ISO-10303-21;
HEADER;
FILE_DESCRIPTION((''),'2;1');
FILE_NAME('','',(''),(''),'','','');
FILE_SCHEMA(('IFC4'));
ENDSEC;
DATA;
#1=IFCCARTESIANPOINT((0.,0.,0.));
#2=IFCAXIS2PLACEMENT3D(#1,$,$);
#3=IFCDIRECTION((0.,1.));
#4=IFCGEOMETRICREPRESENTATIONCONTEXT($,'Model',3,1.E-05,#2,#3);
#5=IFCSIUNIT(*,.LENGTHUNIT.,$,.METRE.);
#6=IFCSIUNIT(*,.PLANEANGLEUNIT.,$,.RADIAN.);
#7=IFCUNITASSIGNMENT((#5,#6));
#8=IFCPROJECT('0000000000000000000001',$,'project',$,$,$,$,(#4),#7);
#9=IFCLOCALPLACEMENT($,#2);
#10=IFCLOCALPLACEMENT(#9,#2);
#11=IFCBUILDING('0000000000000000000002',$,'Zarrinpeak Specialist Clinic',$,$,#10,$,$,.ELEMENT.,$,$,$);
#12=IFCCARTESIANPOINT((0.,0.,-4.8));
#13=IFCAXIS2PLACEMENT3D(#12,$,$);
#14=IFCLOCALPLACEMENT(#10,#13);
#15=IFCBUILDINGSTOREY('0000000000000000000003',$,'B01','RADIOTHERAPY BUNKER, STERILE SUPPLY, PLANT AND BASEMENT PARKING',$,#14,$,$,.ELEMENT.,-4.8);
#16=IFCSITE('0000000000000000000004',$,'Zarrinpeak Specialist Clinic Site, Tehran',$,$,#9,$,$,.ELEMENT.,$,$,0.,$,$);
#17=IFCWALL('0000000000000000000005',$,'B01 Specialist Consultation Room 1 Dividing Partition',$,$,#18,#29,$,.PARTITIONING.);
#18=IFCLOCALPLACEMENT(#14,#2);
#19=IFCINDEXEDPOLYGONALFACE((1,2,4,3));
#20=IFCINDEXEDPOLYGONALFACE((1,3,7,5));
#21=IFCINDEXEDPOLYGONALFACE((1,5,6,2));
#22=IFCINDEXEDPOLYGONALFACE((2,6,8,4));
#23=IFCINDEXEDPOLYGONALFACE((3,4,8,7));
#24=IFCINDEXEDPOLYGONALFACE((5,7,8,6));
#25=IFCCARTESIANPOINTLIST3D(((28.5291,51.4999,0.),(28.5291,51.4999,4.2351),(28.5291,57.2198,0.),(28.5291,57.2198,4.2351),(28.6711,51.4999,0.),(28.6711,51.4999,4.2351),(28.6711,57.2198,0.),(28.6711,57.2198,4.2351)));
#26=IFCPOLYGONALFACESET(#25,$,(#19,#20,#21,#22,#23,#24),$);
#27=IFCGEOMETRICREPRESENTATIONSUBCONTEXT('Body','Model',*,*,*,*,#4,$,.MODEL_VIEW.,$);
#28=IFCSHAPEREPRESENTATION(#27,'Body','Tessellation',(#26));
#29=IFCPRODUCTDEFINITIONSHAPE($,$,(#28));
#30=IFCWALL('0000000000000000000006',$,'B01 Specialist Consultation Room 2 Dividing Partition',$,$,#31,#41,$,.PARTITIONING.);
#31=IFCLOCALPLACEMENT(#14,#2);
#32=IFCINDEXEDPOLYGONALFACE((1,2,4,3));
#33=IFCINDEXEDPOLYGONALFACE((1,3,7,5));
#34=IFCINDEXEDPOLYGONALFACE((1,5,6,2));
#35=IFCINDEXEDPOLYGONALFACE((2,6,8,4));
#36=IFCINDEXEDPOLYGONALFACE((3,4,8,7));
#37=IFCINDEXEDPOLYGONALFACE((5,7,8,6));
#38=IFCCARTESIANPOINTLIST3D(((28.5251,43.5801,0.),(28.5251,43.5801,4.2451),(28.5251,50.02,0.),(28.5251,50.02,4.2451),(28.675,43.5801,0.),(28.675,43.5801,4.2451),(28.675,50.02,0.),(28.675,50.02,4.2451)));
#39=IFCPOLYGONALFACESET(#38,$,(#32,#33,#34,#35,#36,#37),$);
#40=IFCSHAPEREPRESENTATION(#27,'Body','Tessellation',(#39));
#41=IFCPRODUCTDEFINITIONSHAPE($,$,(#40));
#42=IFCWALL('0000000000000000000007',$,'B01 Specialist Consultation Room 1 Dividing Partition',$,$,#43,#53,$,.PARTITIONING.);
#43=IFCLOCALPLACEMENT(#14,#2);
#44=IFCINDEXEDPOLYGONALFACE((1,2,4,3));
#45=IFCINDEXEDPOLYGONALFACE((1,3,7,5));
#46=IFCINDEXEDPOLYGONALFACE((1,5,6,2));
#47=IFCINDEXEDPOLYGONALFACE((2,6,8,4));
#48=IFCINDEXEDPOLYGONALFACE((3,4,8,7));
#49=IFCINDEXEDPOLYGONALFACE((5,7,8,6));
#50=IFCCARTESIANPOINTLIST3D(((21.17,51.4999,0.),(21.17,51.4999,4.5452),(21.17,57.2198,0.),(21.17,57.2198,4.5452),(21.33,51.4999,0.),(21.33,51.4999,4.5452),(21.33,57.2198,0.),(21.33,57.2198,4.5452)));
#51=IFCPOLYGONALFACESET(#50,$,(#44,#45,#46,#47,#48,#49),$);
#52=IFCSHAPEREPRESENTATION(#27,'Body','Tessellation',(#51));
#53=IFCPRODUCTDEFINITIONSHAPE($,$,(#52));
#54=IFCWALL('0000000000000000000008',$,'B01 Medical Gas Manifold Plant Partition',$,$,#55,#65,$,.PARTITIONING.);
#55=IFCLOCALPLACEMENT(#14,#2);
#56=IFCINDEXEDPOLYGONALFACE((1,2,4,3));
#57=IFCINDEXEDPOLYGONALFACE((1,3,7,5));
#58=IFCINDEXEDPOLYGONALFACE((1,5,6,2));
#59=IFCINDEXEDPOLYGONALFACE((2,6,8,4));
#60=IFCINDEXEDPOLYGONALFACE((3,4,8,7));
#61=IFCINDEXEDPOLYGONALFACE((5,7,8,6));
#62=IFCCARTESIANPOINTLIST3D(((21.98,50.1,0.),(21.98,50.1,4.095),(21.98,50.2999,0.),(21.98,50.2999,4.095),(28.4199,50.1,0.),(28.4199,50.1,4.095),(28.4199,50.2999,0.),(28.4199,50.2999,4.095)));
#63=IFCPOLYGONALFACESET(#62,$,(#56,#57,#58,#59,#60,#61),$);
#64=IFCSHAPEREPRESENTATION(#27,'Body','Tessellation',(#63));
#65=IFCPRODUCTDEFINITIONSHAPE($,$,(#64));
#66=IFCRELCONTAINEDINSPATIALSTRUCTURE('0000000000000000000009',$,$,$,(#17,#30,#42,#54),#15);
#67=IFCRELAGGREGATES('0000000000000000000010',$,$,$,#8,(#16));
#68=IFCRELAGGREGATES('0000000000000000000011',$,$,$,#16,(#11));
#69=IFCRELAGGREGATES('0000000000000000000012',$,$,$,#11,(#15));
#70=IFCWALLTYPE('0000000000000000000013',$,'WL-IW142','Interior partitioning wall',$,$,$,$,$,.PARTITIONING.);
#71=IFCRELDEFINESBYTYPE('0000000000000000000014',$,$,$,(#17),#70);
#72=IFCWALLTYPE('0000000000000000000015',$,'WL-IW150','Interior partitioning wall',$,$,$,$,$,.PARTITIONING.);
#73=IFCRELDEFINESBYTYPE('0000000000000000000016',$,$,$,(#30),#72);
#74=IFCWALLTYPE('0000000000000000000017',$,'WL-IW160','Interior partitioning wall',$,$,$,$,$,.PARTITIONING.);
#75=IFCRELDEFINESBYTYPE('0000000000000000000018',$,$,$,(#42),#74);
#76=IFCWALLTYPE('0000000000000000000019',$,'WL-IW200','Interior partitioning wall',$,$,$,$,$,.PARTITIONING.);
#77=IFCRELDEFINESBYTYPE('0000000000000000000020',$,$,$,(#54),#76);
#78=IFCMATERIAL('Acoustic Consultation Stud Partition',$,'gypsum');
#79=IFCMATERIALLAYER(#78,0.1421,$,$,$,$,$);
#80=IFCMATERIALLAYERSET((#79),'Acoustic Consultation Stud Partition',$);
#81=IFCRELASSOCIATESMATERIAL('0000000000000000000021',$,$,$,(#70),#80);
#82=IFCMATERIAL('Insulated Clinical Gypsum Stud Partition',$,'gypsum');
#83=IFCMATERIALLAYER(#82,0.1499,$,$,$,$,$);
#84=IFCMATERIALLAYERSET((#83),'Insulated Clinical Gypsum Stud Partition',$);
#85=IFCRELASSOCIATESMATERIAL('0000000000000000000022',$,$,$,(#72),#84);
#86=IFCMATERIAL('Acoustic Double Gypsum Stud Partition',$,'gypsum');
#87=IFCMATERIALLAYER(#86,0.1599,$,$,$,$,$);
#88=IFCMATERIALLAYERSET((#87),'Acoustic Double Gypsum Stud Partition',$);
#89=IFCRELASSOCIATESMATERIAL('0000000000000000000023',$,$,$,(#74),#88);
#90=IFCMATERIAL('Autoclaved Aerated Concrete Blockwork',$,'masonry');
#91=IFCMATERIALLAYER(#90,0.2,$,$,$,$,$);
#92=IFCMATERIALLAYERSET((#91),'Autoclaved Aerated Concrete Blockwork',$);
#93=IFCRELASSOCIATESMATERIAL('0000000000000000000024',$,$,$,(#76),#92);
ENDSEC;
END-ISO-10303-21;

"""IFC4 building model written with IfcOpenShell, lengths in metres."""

from ifc_helpers import new_model, si_unit, direction, frame, frame_2d, origin, place, context, subcontext, project, spatial, rectangle, extrude, material, layer, layer_set, type_object, element, save


model = new_model("IFC4")

# Units and contexts
model_context = context("Model", 3, precision=1e-05, world=origin(), true_north=direction((0.0, 1.0)))
body_context = subcontext(model_context, "Body", "Model", "MODEL_VIEW")
ifc_project = project(units=[si_unit("LENGTHUNIT", "METRE"), si_unit("PLANEANGLEUNIT", "RADIAN")], contexts=[model_context])

# Site, building, storey
site_placement = place(None, origin())
site = spatial("IfcSite", under=ifc_project, at=site_placement, Name="Zarrinpeak Specialist Clinic Site, Tehran", CompositionType="ELEMENT", RefElevation=0.0)
building_placement = place(site_placement, origin())
building = spatial("IfcBuilding", under=site, at=building_placement, Name="Zarrinpeak Specialist Clinic", CompositionType="ELEMENT")
storey_placement = place(building_placement, frame((0.0, 0.0, -4.8)))
storey = spatial("IfcBuildingStorey", under=building, at=storey_placement, Name="B01", Description="RADIOTHERAPY BUNKER, STERILE SUPPLY, PLANT AND BASEMENT PARKING", CompositionType="ELEMENT", Elevation=-4.8)

# Walls
ifc_material_1 = material(Name="Acoustic Consultation Stud Partition", Category="gypsum")
ifc_layer_1 = layer(ifc_material_1, 0.1421)
ifc_layer_set_1 = layer_set([ifc_layer_1], Name="Acoustic Consultation Stud Partition")
wall_type_1 = type_object("IfcWallType", Name="WL-IW142", Description="Interior partitioning wall", PredefinedType="PARTITIONING", material=ifc_layer_set_1)
wall_1_placement = place(storey_placement, frame((28.6001, 51.5, 0.0), z_axis=(0.0, 0.0, 1.0), x_axis=(0.0, 1.0, 0.0)))
element("IfcWall", 1, at=wall_1_placement, inside=storey, type_object=wall_type_1, Name="B01 Specialist Consultation Room 1 Dividing Partition", PredefinedType="PARTITIONING", context=body_context, shape_type="SweptSolid", body=[
    extrude(rectangle(XDim=5.72, YDim=0.1421, at=frame_2d((2.8599, 0.0))), origin(), (0.0, 0.0, 1.0), 4.2351),
])
ifc_material_2 = material(Name="Insulated Clinical Gypsum Stud Partition", Category="gypsum")
ifc_layer_2 = layer(ifc_material_2, 0.1499)
ifc_layer_set_2 = layer_set([ifc_layer_2], Name="Insulated Clinical Gypsum Stud Partition")
wall_type_2 = type_object("IfcWallType", Name="WL-IW150", Description="Interior partitioning wall", PredefinedType="PARTITIONING", material=ifc_layer_set_2)
wall_2_placement = place(storey_placement, frame((28.6001, 43.5801, 0.0), z_axis=(0.0, 0.0, 1.0), x_axis=(0.0, 1.0, 0.0)))
element("IfcWall", 2, at=wall_2_placement, inside=storey, type_object=wall_type_2, Name="B01 Specialist Consultation Room 2 Dividing Partition", PredefinedType="PARTITIONING", context=body_context, shape_type="SweptSolid", body=[
    extrude(rectangle(XDim=6.4399, YDim=0.1499, at=frame_2d((3.22, 0.0))), origin(), (0.0, 0.0, 1.0), 4.2451),
])
ifc_material_3 = material(Name="Acoustic Double Gypsum Stud Partition", Category="gypsum")
ifc_layer_3 = layer(ifc_material_3, 0.1599)
ifc_layer_set_3 = layer_set([ifc_layer_3], Name="Acoustic Double Gypsum Stud Partition")
wall_type_3 = type_object("IfcWallType", Name="WL-IW160", Description="Interior partitioning wall", PredefinedType="PARTITIONING", material=ifc_layer_set_3)
wall_3_placement = place(storey_placement, frame((21.25, 51.5, 0.0), z_axis=(0.0, 0.0, 1.0), x_axis=(0.0, 1.0, 0.0)))
element("IfcWall", 3, at=wall_3_placement, inside=storey, type_object=wall_type_3, Name="B01 Specialist Consultation Room 1 Dividing Partition", PredefinedType="PARTITIONING", context=body_context, shape_type="SweptSolid", body=[
    extrude(rectangle(XDim=5.72, YDim=0.1599, at=frame_2d((2.8599, 0.0))), origin(), (0.0, 0.0, 1.0), 4.5452),
])
ifc_material_4 = material(Name="Autoclaved Aerated Concrete Blockwork", Category="masonry")
ifc_layer_4 = layer(ifc_material_4, 0.2)
ifc_layer_set_4 = layer_set([ifc_layer_4], Name="Autoclaved Aerated Concrete Blockwork")
wall_type_4 = type_object("IfcWallType", Name="WL-IW200", Description="Interior partitioning wall", PredefinedType="PARTITIONING", material=ifc_layer_set_4)
wall_4_placement = place(storey_placement, frame((21.98, 50.2, 0.0), z_axis=(0.0, 0.0, 1.0), x_axis=(1.0, 0.0, 0.0)))
element("IfcWall", 4, at=wall_4_placement, inside=storey, type_object=wall_type_4, Name="B01 Medical Gas Manifold Plant Partition", PredefinedType="PARTITIONING", context=body_context, shape_type="SweptSolid", body=[
    extrude(rectangle(XDim=6.4399, YDim=0.2, at=frame_2d((3.22, 0.0))), origin(), (0.0, 0.0, 1.0), 4.095),
])

save(model, "model.ifc")
